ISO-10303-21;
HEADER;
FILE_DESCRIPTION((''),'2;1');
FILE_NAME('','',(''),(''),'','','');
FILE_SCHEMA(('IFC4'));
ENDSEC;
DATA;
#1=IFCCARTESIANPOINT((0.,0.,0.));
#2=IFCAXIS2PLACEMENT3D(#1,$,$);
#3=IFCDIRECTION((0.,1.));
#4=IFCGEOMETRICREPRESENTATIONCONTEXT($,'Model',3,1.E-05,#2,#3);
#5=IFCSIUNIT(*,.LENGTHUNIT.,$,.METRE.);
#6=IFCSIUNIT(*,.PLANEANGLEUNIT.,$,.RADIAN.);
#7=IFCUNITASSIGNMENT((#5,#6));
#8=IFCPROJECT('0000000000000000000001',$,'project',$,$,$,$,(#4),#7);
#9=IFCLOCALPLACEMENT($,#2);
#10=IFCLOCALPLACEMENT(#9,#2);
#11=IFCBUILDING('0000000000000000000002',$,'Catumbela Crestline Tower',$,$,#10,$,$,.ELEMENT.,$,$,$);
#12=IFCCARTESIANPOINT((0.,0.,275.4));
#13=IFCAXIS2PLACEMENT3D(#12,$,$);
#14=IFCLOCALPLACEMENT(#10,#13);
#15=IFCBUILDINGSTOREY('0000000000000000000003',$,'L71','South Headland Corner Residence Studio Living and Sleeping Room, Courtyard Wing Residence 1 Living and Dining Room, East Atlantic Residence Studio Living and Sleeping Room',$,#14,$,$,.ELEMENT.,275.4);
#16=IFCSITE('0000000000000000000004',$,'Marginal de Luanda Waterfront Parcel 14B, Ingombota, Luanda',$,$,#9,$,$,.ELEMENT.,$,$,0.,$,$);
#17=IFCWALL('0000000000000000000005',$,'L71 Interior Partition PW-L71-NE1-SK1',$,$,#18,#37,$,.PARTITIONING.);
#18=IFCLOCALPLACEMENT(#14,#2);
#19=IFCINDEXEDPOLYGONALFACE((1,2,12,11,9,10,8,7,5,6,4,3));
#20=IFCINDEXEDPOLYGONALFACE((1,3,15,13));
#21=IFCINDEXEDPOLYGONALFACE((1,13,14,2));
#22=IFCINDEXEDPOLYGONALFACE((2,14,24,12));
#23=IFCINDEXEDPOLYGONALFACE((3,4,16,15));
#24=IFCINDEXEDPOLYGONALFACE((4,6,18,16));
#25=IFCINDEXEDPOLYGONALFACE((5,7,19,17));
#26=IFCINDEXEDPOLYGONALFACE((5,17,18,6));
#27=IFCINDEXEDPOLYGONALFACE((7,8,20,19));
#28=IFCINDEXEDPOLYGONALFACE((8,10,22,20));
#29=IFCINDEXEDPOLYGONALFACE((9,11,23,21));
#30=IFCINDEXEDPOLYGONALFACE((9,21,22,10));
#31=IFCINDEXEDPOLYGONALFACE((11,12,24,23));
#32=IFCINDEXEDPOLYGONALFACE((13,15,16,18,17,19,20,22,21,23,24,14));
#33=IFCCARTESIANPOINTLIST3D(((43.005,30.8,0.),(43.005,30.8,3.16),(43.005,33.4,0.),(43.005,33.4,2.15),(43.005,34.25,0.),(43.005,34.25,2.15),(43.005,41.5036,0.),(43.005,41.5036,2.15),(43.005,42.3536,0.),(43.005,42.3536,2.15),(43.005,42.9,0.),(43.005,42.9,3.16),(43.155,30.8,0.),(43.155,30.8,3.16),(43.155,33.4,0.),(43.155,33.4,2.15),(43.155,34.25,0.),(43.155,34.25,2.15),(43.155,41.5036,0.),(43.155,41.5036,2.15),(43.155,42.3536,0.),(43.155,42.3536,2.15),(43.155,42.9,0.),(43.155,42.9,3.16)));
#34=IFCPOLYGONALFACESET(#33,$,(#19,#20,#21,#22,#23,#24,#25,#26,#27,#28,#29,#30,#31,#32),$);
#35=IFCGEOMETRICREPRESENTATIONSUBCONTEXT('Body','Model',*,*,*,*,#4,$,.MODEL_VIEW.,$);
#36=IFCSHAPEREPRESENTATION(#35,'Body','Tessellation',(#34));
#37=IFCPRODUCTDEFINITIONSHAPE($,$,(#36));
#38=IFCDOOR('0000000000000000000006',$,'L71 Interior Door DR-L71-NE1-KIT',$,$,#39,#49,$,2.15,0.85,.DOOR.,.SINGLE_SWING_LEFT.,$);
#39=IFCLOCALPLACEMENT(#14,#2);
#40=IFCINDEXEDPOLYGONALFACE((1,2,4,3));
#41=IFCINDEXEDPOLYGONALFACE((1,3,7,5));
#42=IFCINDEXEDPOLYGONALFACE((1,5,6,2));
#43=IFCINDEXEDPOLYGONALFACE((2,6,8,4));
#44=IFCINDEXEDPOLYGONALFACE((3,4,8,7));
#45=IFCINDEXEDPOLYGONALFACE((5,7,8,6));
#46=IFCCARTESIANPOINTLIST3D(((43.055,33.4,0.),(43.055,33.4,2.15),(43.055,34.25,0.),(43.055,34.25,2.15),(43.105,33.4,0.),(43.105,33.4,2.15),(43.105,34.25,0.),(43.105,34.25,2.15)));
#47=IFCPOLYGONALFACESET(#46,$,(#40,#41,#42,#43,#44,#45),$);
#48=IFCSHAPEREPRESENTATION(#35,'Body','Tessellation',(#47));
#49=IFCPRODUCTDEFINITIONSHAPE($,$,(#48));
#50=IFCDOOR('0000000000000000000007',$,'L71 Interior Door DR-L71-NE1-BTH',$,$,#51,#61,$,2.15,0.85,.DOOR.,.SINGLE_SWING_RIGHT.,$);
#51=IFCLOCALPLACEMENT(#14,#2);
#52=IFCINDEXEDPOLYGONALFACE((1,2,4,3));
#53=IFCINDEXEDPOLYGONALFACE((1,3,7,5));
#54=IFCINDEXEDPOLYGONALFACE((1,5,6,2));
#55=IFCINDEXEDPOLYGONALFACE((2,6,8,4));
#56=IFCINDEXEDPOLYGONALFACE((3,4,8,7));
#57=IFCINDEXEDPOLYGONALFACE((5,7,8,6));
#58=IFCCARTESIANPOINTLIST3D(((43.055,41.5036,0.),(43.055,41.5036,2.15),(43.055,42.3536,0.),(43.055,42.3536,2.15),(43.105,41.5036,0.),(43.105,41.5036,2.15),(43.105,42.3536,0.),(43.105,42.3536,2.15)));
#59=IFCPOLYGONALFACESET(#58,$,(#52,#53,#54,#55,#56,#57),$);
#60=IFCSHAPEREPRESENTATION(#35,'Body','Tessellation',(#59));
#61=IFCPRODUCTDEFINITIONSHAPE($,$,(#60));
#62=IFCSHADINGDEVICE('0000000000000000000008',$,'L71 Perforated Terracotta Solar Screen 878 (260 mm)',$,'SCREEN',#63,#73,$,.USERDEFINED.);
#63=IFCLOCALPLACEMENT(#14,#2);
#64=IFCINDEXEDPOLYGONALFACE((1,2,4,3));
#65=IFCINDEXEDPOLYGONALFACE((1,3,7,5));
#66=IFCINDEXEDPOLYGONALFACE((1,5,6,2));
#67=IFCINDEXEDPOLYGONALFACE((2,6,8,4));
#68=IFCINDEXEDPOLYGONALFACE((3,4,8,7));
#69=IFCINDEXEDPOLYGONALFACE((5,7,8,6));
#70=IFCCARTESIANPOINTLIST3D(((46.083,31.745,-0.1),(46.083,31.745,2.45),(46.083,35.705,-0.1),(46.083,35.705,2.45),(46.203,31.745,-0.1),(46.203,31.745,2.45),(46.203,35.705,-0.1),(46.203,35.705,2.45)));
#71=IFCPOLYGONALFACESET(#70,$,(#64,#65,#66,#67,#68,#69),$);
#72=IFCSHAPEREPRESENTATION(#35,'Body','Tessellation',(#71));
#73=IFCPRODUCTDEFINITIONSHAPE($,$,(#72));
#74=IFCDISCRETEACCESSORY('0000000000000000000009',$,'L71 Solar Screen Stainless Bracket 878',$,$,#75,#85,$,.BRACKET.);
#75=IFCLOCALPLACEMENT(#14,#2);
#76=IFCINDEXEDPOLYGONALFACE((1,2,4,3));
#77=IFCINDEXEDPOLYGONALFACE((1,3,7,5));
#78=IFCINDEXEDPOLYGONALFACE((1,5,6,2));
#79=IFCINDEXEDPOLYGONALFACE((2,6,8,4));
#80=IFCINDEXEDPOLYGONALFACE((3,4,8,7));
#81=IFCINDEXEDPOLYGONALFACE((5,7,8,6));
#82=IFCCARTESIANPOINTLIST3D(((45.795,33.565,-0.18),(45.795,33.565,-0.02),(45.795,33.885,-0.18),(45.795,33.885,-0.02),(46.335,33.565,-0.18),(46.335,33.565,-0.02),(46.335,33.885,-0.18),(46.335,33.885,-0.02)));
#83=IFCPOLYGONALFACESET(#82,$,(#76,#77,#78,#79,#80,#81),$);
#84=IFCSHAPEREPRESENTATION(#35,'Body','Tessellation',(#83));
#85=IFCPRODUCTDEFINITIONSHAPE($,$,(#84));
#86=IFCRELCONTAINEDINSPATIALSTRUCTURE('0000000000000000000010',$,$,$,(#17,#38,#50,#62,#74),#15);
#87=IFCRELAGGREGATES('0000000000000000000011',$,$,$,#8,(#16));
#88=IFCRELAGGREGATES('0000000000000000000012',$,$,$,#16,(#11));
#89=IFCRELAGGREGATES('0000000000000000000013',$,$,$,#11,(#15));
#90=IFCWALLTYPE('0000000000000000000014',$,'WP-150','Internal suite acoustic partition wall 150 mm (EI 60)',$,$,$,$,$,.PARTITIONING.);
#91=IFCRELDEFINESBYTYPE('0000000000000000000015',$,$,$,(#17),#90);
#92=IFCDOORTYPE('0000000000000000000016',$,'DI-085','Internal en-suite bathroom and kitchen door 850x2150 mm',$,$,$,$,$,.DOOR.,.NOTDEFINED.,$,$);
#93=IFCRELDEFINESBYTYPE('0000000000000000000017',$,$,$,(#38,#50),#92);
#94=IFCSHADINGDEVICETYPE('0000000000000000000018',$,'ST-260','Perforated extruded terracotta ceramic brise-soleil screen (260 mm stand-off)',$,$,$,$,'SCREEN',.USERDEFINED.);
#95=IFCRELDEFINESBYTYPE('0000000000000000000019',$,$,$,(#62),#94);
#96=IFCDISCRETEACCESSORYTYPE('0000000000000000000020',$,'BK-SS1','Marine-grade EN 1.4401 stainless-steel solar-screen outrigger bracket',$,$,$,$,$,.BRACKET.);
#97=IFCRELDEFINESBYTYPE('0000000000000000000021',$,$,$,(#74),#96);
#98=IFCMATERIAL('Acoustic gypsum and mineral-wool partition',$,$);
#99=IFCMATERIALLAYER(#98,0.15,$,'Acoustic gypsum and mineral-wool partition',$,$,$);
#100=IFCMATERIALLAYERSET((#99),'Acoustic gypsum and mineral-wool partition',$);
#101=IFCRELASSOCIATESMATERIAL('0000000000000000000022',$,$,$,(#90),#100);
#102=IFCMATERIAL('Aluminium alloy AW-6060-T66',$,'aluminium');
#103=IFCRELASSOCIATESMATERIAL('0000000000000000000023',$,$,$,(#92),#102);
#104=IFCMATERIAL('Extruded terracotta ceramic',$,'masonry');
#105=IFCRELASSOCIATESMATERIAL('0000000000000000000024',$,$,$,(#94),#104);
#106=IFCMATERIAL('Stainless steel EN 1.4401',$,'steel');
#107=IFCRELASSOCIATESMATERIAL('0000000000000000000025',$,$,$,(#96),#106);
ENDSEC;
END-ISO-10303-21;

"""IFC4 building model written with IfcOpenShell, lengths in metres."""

from ifc_helpers import new_model, si_unit, direction, frame, frame_2d, origin, origin_2d, place, context, subcontext, project, spatial, rectangle, extrude, material, layer, layer_set, type_object, element, fill, save


model = new_model("IFC4")

# Units and contexts
model_context = context("Model", 3, precision=1e-05, world=origin(), true_north=direction((0.0, 1.0)))
body_context = subcontext(model_context, "Body", "Model", "MODEL_VIEW")
ifc_project = project(units=[si_unit("LENGTHUNIT", "METRE"), si_unit("PLANEANGLEUNIT", "RADIAN")], contexts=[model_context])

# Site, building, storey
site_placement = place(None, origin())
site = spatial("IfcSite", under=ifc_project, at=site_placement, Name="Marginal de Luanda Waterfront Parcel 14B, Ingombota, Luanda", CompositionType="ELEMENT", RefElevation=0.0)
building_placement = place(site_placement, origin())
building = spatial("IfcBuilding", under=site, at=building_placement, Name="Catumbela Crestline Tower", CompositionType="ELEMENT")
storey_placement = place(building_placement, frame((0.0, 0.0, 275.4)))
storey = spatial("IfcBuildingStorey", under=building, at=storey_placement, Name="L71", Description="South Headland Corner Residence Studio Living and Sleeping Room, Courtyard Wing Residence 1 Living and Dining Room, East Atlantic Residence Studio Living and Sleeping Room", CompositionType="ELEMENT", Elevation=275.4)

# Shared definitions
ifc_material_1 = material(Name="Aluminium alloy AW-6060-T66", Category="aluminium")

# Shared definitions
ifc_material_2 = material(Name="Acoustic gypsum and mineral-wool partition")

# Shared definitions
ifc_layer_1 = layer(ifc_material_2, 0.15, Name="Acoustic gypsum and mineral-wool partition")
ifc_layer_set_1 = layer_set([ifc_layer_1], Name="Acoustic gypsum and mineral-wool partition")
wall_type_1 = type_object("IfcWallType", Name="WP-150", Description="Internal suite acoustic partition wall 150 mm (EI 60)", PredefinedType="PARTITIONING", material=ifc_layer_set_1)

# Wall, openings, doors
wall_1_placement = place(storey_placement, frame((43.08, 30.8, 0.0), z_axis=(0.0, 0.0, 1.0), x_axis=(0.0, 1.0, 0.0)))
wall_1 = element("IfcWall", 1, at=wall_1_placement, inside=storey, type_object=wall_type_1, Name="L71 Interior Partition PW-L71-NE1-SK1", PredefinedType="PARTITIONING", context=body_context, shape_type="SweptSolid", body=[
    extrude(rectangle(XDim=12.1, YDim=0.15, at=frame_2d((6.05, 0.0))), origin(), (0.0, 0.0, 1.0), 3.16),
])
opening_1_placement = place(wall_1_placement, frame((2.6, 0.0, 0.0)))
opening_1 = element("IfcOpeningElement", 2, at=opening_1_placement, cuts=wall_1, PredefinedType="OPENING", context=body_context, shape_type="SweptSolid", body=[
    extrude(rectangle(XDim=0.85, YDim=2.15, at=frame_2d((0.425, 1.075))), frame((0.0, 0.085, 0.0), z_axis=(0.0, -1.0, 0.0), x_axis=(1.0, 0.0, 0.0)), (0.0, 0.0, 1.0), 0.17),
])
opening_2_placement = place(wall_1_placement, frame((10.7036, 0.0, 0.0)))
opening_2 = element("IfcOpeningElement", 3, at=opening_2_placement, cuts=wall_1, PredefinedType="OPENING", context=body_context, shape_type="SweptSolid", body=[
    extrude(rectangle(XDim=0.85, YDim=2.15, at=frame_2d((0.425, 1.075))), frame((0.0, 0.085, 0.0), z_axis=(0.0, -1.0, 0.0), x_axis=(1.0, 0.0, 0.0)), (0.0, 0.0, 1.0), 0.17),
])
door_type_1 = type_object("IfcDoorType", Name="DI-085", Description="Internal en-suite bathroom and kitchen door 850x2150 mm", OperationType="NOTDEFINED", PredefinedType="DOOR", material=ifc_material_1)
door_1_placement = place(opening_1_placement, origin())
door_1 = element("IfcDoor", 4, at=door_1_placement, inside=storey, type_object=door_type_1, Name="L71 Interior Door DR-L71-NE1-KIT", OperationType="SINGLE_SWING_LEFT", OverallHeight=2.15, OverallWidth=0.85, PredefinedType="DOOR", context=body_context, shape_type="SweptSolid", body=[
    extrude(rectangle(XDim=0.85, YDim=2.15, at=frame_2d((0.425, 1.075))), frame((0.0, 0.025, 0.0), z_axis=(0.0, -1.0, 0.0), x_axis=(1.0, 0.0, 0.0)), (0.0, 0.0, 1.0), 0.05),
])
fill(opening_1, door_1)
door_2_placement = place(opening_2_placement, origin())
door_2 = element("IfcDoor", 5, at=door_2_placement, inside=storey, type_object=door_type_1, Name="L71 Interior Door DR-L71-NE1-BTH", OperationType="SINGLE_SWING_RIGHT", OverallHeight=2.15, OverallWidth=0.85, PredefinedType="DOOR", context=body_context, shape_type="SweptSolid", body=[
    extrude(rectangle(XDim=0.85, YDim=2.15, at=frame_2d((0.425, 1.075))), frame((0.0, 0.025, 0.0), z_axis=(0.0, -1.0, 0.0), x_axis=(1.0, 0.0, 0.0)), (0.0, 0.0, 1.0), 0.05),
])
fill(opening_2, door_2)

# Shading device
ifc_material_3 = material(Name="Extruded terracotta ceramic", Category="masonry")
shading_device_type = type_object("IfcShadingDeviceType", Name="ST-260", Description="Perforated extruded terracotta ceramic brise-soleil screen (260 mm stand-off)", ElementType="SCREEN", PredefinedType="USERDEFINED", material=ifc_material_3)
shading_device_placement = place(storey_placement, frame((46.143, 33.725, -0.1), z_axis=(0.0, 0.0, 1.0), x_axis=(0.0, 1.0, 0.0)))
element("IfcShadingDevice", 6, at=shading_device_placement, inside=storey, type_object=shading_device_type, Name="L71 Perforated Terracotta Solar Screen 878 (260 mm)", ObjectType="SCREEN", PredefinedType="USERDEFINED", context=body_context, shape_type="SweptSolid", body=[
    extrude(rectangle(XDim=3.96, YDim=0.12, at=origin_2d()), origin(), (0.0, 0.0, 1.0), 2.55),
])

# Discrete accessory
ifc_material_4 = material(Name="Stainless steel EN 1.4401", Category="steel")
discrete_accessory_type = type_object("IfcDiscreteAccessoryType", Name="BK-SS1", Description="Marine-grade EN 1.4401 stainless-steel solar-screen outrigger bracket", PredefinedType="BRACKET", material=ifc_material_4)
discrete_accessory_placement = place(storey_placement, frame((46.065, 33.725, -0.18), z_axis=(0.0, 0.0, 1.0), x_axis=(0.0, 1.0, 0.0)))
element("IfcDiscreteAccessory", 7, at=discrete_accessory_placement, inside=storey, type_object=discrete_accessory_type, Name="L71 Solar Screen Stainless Bracket 878", PredefinedType="BRACKET", context=body_context, shape_type="SweptSolid", body=[
    extrude(rectangle(XDim=0.32, YDim=0.54, at=origin_2d()), origin(), (0.0, 0.0, 1.0), 0.16),
])

save(model, "model.ifc")
